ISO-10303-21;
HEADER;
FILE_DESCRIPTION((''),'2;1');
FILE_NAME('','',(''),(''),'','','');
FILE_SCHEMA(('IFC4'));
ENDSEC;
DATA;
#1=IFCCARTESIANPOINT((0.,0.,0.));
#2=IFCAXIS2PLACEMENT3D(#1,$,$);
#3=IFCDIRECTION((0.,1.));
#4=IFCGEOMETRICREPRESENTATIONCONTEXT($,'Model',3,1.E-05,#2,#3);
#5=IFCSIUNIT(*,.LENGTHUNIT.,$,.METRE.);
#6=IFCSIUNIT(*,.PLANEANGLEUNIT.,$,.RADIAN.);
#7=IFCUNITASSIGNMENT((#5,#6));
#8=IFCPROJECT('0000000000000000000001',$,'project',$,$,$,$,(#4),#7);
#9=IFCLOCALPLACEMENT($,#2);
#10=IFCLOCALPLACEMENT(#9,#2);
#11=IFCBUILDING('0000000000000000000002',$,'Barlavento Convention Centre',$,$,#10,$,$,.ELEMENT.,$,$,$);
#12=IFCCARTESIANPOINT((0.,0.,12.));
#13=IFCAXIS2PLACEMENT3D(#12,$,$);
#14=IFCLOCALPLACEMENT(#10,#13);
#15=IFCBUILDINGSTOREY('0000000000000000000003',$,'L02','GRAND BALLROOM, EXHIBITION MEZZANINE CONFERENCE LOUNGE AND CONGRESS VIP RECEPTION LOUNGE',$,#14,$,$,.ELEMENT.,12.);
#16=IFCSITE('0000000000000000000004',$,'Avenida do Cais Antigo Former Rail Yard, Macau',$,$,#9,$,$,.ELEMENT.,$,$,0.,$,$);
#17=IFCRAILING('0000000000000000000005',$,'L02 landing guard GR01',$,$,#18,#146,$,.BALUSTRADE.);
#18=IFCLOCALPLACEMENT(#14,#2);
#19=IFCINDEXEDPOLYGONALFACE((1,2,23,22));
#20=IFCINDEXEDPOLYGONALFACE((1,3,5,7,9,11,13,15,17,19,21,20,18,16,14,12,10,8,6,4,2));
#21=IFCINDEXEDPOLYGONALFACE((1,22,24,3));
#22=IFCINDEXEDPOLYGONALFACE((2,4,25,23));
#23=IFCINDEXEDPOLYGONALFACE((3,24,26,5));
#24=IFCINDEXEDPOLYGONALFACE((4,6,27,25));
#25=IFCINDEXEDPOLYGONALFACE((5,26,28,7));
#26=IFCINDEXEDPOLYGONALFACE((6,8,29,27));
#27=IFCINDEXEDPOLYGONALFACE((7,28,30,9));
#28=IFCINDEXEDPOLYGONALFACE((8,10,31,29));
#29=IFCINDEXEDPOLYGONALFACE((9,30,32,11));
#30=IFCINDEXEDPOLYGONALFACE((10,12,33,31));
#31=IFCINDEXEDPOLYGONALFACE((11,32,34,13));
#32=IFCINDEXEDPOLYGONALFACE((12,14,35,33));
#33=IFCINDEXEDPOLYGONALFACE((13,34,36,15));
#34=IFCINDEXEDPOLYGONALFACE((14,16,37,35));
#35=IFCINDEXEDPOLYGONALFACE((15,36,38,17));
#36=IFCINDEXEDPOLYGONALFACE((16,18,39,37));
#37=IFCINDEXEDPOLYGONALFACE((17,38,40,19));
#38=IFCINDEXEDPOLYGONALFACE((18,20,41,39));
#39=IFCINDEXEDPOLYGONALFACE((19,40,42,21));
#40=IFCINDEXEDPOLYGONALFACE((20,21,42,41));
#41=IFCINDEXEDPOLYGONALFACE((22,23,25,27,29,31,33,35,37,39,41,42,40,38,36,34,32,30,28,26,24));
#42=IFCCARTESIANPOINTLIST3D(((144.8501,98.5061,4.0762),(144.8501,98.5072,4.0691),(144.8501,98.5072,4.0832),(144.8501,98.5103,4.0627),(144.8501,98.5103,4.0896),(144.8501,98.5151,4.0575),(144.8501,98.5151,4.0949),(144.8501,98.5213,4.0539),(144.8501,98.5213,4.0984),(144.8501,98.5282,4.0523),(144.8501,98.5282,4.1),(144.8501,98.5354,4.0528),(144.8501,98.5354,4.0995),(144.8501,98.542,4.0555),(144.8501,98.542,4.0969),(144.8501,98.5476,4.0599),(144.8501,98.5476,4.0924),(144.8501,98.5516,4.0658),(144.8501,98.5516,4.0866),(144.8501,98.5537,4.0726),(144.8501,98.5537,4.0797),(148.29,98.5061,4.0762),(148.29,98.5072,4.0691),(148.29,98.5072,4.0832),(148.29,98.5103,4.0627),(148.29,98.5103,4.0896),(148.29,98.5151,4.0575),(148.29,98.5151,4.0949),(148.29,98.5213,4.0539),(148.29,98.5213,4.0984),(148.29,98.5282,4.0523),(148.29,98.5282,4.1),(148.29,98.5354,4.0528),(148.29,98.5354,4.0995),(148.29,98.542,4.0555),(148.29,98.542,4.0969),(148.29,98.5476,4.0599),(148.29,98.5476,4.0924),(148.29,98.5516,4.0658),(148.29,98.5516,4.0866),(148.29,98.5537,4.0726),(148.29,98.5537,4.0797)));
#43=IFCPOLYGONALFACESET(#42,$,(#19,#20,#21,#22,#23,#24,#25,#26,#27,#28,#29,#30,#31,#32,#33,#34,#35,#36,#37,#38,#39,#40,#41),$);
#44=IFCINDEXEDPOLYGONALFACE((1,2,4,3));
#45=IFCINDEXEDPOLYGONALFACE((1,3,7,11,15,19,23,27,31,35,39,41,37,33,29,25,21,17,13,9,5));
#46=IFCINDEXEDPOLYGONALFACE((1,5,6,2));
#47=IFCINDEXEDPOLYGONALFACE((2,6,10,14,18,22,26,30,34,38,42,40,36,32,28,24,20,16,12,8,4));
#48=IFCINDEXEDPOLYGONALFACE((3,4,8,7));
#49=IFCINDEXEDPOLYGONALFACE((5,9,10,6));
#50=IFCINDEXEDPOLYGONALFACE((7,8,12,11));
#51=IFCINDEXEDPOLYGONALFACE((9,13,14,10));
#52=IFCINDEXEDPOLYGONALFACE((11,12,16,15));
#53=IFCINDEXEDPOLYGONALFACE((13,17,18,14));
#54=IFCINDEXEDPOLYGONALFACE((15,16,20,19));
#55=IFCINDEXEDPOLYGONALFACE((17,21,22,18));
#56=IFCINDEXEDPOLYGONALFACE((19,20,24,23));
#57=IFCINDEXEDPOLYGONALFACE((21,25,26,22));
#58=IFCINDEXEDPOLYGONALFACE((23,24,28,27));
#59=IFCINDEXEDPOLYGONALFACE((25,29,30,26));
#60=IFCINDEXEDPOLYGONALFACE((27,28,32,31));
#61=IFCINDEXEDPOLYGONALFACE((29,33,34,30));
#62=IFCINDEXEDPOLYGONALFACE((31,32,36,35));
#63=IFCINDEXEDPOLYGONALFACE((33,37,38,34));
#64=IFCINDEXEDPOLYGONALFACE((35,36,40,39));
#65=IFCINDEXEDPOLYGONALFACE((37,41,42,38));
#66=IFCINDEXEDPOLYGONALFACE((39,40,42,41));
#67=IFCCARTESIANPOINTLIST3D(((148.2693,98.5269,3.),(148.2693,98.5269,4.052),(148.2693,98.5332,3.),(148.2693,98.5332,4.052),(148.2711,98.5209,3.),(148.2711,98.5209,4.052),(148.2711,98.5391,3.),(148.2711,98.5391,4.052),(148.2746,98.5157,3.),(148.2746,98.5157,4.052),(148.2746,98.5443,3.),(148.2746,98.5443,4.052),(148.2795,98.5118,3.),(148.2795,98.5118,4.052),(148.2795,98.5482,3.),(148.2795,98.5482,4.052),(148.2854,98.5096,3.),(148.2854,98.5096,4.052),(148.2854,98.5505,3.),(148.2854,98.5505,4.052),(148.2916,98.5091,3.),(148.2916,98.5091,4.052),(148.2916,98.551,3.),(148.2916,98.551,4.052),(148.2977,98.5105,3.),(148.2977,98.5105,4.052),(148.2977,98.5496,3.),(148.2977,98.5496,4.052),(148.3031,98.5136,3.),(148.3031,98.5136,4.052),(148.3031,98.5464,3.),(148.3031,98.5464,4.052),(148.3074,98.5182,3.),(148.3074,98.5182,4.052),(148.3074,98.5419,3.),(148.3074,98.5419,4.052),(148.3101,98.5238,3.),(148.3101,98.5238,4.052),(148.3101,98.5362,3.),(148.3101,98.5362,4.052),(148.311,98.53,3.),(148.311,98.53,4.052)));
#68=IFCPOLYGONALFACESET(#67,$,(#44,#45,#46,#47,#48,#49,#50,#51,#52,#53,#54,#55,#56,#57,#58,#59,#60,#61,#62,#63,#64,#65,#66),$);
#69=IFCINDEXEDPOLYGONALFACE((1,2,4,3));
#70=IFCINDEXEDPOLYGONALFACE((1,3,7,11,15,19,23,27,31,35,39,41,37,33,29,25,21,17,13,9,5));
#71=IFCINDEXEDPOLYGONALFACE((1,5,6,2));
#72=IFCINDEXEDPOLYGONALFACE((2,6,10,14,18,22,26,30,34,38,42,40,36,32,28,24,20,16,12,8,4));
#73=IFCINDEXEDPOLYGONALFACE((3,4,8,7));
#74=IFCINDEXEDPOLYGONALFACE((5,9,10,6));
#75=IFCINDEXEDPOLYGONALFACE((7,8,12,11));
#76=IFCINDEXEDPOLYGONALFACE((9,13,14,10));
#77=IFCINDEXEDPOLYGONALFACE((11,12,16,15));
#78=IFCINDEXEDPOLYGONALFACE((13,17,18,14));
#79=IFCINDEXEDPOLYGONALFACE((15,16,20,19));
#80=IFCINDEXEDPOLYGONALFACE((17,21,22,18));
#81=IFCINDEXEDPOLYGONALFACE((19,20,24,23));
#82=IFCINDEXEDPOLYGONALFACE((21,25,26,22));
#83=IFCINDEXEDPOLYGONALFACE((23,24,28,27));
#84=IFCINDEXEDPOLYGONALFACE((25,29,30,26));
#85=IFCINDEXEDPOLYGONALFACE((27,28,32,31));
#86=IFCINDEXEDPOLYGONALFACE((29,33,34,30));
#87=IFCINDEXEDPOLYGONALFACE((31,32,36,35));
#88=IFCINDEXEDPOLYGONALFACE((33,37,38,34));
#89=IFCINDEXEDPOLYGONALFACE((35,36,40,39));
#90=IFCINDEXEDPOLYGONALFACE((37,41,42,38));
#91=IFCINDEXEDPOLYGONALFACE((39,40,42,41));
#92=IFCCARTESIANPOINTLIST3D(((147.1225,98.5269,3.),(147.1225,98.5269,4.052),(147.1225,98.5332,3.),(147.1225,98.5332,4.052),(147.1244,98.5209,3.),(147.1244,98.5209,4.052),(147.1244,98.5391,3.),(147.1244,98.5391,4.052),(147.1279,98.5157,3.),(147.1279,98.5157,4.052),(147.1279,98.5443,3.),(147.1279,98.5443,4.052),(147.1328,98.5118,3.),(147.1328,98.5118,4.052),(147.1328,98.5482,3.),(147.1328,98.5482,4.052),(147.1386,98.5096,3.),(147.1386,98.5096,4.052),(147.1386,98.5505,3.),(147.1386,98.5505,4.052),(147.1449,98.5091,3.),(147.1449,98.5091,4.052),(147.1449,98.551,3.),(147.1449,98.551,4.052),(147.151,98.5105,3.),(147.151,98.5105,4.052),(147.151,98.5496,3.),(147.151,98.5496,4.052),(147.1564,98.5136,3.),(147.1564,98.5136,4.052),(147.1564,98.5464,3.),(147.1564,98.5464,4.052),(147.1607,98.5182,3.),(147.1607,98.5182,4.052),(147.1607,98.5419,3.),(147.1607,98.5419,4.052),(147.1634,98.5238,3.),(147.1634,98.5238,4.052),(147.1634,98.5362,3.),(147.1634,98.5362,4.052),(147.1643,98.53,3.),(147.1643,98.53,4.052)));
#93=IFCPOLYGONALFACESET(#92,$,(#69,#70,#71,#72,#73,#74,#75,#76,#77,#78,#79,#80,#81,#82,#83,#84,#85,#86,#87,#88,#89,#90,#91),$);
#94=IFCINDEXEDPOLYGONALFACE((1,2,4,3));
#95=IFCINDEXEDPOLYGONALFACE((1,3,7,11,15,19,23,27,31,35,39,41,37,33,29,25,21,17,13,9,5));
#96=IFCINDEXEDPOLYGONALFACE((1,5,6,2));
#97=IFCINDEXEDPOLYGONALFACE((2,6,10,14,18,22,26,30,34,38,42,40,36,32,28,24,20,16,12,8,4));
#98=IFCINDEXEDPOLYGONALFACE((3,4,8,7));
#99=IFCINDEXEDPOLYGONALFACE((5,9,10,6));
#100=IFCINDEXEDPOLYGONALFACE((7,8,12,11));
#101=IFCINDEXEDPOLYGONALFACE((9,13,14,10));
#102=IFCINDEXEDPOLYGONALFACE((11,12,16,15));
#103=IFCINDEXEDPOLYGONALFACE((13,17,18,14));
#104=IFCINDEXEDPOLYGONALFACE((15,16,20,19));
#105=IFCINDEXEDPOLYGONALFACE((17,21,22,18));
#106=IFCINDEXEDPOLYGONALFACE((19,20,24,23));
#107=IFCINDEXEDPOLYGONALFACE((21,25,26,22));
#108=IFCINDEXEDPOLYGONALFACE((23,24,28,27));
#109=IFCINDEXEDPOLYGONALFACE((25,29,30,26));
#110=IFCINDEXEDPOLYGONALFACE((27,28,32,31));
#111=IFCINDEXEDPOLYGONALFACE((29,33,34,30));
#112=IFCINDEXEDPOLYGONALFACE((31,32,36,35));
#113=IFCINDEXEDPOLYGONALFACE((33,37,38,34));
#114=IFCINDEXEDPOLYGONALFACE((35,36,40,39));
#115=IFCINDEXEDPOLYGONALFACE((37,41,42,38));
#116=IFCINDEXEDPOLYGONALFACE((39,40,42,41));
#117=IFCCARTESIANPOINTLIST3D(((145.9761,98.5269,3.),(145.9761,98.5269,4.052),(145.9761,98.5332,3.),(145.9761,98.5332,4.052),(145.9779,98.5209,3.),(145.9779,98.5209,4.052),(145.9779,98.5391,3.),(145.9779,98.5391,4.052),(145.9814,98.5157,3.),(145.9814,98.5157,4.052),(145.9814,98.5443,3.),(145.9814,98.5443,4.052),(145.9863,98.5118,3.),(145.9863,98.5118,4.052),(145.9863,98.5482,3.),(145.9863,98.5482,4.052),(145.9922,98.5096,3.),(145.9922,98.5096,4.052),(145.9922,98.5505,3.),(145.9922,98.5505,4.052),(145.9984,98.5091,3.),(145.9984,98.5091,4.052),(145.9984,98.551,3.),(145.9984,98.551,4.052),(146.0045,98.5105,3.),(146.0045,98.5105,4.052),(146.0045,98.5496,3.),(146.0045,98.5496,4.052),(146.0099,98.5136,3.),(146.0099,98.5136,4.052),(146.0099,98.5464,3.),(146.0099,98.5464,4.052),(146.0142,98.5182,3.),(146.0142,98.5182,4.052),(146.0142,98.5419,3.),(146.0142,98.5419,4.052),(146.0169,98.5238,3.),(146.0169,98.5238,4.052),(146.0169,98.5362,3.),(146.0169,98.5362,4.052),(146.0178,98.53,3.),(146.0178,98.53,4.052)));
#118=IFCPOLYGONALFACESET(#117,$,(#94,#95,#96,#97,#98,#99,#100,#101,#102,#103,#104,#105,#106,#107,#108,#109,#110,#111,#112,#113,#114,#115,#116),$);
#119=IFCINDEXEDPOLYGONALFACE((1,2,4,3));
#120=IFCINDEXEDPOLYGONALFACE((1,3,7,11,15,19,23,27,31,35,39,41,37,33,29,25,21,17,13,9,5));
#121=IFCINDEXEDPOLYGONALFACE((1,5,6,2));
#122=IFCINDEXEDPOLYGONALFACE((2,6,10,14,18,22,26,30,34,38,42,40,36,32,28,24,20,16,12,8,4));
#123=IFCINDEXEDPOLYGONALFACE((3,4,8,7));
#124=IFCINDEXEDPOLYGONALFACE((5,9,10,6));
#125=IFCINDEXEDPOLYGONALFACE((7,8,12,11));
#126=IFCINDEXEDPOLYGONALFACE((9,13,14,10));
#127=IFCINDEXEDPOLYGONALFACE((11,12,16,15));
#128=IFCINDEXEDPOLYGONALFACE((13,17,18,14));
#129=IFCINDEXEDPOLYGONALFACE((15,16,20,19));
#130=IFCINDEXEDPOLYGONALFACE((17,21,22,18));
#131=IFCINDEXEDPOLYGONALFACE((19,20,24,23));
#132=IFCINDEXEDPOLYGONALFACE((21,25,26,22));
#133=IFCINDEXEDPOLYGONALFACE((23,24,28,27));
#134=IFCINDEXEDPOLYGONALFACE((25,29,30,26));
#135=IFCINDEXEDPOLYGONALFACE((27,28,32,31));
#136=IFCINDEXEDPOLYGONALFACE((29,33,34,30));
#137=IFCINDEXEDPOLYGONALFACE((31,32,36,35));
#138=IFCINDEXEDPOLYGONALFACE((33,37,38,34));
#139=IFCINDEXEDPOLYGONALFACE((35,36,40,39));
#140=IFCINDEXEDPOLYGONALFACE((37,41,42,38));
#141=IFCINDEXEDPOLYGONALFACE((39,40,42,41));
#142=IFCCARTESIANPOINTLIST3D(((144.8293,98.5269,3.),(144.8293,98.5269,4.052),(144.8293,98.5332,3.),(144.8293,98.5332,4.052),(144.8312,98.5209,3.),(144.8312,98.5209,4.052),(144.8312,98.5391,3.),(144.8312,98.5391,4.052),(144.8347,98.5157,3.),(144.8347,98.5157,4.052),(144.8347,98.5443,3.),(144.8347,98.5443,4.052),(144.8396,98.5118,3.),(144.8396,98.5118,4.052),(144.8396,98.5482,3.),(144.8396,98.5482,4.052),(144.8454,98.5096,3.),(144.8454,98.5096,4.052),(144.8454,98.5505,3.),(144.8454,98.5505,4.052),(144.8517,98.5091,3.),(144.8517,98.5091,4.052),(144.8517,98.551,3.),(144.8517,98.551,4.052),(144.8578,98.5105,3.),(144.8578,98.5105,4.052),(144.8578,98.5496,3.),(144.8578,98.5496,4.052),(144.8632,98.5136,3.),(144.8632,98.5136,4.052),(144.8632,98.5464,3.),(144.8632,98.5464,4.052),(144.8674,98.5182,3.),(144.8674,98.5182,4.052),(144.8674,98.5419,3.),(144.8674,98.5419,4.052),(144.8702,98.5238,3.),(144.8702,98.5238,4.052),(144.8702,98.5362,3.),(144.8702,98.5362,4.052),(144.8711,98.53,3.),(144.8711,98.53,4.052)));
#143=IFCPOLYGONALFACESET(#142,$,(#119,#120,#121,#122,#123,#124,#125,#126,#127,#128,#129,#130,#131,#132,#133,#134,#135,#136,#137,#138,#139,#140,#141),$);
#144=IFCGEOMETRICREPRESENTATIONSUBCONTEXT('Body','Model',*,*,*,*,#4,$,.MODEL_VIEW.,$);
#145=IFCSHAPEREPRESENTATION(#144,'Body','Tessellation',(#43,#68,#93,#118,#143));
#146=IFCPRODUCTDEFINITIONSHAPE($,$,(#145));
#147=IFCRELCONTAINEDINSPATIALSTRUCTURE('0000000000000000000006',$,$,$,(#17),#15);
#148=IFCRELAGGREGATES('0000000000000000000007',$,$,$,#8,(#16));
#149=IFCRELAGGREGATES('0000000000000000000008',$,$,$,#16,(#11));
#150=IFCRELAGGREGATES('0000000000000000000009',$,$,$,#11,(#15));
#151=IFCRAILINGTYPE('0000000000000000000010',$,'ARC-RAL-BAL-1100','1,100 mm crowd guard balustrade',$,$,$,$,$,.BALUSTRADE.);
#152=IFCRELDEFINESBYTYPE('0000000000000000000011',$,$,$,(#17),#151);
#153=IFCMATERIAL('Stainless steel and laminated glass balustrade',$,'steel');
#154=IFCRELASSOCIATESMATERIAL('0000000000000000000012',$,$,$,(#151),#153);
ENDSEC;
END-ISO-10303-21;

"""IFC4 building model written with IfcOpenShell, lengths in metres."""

from ifc_helpers import new_model, si_unit, direction, frame, origin, origin_2d, place, context, subcontext, project, spatial, circle, extrude, material, type_object, element, save


model = new_model("IFC4")

# Units and contexts
model_context = context("Model", 3, precision=1e-05, world=origin(), true_north=direction((0.0, 1.0)))
body_context = subcontext(model_context, "Body", "Model", "MODEL_VIEW")
ifc_project = project(units=[si_unit("LENGTHUNIT", "METRE"), si_unit("PLANEANGLEUNIT", "RADIAN")], contexts=[model_context])

# Site, building, storey
site_placement = place(None, origin())
site = spatial("IfcSite", under=ifc_project, at=site_placement, Name="Avenida do Cais Antigo Former Rail Yard, Macau", CompositionType="ELEMENT", RefElevation=0.0)
building_placement = place(site_placement, origin())
building = spatial("IfcBuilding", under=site, at=building_placement, Name="Barlavento Convention Centre", CompositionType="ELEMENT")
storey_placement = place(building_placement, frame((0.0, 0.0, 12.0)))
storey = spatial("IfcBuildingStorey", under=building, at=storey_placement, Name="L02", Description="GRAND BALLROOM, EXHIBITION MEZZANINE CONFERENCE LOUNGE AND CONGRESS VIP RECEPTION LOUNGE", CompositionType="ELEMENT", Elevation=12.0)

# Railing
ifc_material_1 = material(Name="Stainless steel and laminated glass balustrade", Category="steel")
railing_type_1 = type_object("IfcRailingType", Name="ARC-RAL-BAL-1100", Description="1,100 mm crowd guard balustrade", PredefinedType="BALUSTRADE", material=ifc_material_1)
railing_1_placement = place(storey_placement, frame((148.29, 98.53, 3.0)))
element("IfcRailing", 1, at=railing_1_placement, inside=storey, type_object=railing_type_1, Name="L02 landing guard GR01", PredefinedType="BALUSTRADE", context=body_context, shape_type="SweptSolid", body=[
    extrude(circle(Radius=0.0239, at=origin_2d()), frame((0.0, 0.0, 1.0762), z_axis=(-1.0, 0.0, 0.0), x_axis=(0.0, -1.0, 0.0)), (0.0, 0.0, 1.0), 3.4399),
    extrude(circle(Radius=0.021, at=origin_2d()), origin(), (0.0, 0.0, 1.0), 1.052),
    extrude(circle(Radius=0.021, at=origin_2d()), frame((-1.1467, 0.0, 0.0)), (0.0, 0.0, 1.0), 1.052),
    extrude(circle(Radius=0.021, at=origin_2d()), frame((-2.2932, 0.0, 0.0)), (0.0, 0.0, 1.0), 1.052),
    extrude(circle(Radius=0.021, at=origin_2d()), frame((-3.4399, 0.0, 0.0)), (0.0, 0.0, 1.0), 1.052),
])

save(model, "model.ifc")
